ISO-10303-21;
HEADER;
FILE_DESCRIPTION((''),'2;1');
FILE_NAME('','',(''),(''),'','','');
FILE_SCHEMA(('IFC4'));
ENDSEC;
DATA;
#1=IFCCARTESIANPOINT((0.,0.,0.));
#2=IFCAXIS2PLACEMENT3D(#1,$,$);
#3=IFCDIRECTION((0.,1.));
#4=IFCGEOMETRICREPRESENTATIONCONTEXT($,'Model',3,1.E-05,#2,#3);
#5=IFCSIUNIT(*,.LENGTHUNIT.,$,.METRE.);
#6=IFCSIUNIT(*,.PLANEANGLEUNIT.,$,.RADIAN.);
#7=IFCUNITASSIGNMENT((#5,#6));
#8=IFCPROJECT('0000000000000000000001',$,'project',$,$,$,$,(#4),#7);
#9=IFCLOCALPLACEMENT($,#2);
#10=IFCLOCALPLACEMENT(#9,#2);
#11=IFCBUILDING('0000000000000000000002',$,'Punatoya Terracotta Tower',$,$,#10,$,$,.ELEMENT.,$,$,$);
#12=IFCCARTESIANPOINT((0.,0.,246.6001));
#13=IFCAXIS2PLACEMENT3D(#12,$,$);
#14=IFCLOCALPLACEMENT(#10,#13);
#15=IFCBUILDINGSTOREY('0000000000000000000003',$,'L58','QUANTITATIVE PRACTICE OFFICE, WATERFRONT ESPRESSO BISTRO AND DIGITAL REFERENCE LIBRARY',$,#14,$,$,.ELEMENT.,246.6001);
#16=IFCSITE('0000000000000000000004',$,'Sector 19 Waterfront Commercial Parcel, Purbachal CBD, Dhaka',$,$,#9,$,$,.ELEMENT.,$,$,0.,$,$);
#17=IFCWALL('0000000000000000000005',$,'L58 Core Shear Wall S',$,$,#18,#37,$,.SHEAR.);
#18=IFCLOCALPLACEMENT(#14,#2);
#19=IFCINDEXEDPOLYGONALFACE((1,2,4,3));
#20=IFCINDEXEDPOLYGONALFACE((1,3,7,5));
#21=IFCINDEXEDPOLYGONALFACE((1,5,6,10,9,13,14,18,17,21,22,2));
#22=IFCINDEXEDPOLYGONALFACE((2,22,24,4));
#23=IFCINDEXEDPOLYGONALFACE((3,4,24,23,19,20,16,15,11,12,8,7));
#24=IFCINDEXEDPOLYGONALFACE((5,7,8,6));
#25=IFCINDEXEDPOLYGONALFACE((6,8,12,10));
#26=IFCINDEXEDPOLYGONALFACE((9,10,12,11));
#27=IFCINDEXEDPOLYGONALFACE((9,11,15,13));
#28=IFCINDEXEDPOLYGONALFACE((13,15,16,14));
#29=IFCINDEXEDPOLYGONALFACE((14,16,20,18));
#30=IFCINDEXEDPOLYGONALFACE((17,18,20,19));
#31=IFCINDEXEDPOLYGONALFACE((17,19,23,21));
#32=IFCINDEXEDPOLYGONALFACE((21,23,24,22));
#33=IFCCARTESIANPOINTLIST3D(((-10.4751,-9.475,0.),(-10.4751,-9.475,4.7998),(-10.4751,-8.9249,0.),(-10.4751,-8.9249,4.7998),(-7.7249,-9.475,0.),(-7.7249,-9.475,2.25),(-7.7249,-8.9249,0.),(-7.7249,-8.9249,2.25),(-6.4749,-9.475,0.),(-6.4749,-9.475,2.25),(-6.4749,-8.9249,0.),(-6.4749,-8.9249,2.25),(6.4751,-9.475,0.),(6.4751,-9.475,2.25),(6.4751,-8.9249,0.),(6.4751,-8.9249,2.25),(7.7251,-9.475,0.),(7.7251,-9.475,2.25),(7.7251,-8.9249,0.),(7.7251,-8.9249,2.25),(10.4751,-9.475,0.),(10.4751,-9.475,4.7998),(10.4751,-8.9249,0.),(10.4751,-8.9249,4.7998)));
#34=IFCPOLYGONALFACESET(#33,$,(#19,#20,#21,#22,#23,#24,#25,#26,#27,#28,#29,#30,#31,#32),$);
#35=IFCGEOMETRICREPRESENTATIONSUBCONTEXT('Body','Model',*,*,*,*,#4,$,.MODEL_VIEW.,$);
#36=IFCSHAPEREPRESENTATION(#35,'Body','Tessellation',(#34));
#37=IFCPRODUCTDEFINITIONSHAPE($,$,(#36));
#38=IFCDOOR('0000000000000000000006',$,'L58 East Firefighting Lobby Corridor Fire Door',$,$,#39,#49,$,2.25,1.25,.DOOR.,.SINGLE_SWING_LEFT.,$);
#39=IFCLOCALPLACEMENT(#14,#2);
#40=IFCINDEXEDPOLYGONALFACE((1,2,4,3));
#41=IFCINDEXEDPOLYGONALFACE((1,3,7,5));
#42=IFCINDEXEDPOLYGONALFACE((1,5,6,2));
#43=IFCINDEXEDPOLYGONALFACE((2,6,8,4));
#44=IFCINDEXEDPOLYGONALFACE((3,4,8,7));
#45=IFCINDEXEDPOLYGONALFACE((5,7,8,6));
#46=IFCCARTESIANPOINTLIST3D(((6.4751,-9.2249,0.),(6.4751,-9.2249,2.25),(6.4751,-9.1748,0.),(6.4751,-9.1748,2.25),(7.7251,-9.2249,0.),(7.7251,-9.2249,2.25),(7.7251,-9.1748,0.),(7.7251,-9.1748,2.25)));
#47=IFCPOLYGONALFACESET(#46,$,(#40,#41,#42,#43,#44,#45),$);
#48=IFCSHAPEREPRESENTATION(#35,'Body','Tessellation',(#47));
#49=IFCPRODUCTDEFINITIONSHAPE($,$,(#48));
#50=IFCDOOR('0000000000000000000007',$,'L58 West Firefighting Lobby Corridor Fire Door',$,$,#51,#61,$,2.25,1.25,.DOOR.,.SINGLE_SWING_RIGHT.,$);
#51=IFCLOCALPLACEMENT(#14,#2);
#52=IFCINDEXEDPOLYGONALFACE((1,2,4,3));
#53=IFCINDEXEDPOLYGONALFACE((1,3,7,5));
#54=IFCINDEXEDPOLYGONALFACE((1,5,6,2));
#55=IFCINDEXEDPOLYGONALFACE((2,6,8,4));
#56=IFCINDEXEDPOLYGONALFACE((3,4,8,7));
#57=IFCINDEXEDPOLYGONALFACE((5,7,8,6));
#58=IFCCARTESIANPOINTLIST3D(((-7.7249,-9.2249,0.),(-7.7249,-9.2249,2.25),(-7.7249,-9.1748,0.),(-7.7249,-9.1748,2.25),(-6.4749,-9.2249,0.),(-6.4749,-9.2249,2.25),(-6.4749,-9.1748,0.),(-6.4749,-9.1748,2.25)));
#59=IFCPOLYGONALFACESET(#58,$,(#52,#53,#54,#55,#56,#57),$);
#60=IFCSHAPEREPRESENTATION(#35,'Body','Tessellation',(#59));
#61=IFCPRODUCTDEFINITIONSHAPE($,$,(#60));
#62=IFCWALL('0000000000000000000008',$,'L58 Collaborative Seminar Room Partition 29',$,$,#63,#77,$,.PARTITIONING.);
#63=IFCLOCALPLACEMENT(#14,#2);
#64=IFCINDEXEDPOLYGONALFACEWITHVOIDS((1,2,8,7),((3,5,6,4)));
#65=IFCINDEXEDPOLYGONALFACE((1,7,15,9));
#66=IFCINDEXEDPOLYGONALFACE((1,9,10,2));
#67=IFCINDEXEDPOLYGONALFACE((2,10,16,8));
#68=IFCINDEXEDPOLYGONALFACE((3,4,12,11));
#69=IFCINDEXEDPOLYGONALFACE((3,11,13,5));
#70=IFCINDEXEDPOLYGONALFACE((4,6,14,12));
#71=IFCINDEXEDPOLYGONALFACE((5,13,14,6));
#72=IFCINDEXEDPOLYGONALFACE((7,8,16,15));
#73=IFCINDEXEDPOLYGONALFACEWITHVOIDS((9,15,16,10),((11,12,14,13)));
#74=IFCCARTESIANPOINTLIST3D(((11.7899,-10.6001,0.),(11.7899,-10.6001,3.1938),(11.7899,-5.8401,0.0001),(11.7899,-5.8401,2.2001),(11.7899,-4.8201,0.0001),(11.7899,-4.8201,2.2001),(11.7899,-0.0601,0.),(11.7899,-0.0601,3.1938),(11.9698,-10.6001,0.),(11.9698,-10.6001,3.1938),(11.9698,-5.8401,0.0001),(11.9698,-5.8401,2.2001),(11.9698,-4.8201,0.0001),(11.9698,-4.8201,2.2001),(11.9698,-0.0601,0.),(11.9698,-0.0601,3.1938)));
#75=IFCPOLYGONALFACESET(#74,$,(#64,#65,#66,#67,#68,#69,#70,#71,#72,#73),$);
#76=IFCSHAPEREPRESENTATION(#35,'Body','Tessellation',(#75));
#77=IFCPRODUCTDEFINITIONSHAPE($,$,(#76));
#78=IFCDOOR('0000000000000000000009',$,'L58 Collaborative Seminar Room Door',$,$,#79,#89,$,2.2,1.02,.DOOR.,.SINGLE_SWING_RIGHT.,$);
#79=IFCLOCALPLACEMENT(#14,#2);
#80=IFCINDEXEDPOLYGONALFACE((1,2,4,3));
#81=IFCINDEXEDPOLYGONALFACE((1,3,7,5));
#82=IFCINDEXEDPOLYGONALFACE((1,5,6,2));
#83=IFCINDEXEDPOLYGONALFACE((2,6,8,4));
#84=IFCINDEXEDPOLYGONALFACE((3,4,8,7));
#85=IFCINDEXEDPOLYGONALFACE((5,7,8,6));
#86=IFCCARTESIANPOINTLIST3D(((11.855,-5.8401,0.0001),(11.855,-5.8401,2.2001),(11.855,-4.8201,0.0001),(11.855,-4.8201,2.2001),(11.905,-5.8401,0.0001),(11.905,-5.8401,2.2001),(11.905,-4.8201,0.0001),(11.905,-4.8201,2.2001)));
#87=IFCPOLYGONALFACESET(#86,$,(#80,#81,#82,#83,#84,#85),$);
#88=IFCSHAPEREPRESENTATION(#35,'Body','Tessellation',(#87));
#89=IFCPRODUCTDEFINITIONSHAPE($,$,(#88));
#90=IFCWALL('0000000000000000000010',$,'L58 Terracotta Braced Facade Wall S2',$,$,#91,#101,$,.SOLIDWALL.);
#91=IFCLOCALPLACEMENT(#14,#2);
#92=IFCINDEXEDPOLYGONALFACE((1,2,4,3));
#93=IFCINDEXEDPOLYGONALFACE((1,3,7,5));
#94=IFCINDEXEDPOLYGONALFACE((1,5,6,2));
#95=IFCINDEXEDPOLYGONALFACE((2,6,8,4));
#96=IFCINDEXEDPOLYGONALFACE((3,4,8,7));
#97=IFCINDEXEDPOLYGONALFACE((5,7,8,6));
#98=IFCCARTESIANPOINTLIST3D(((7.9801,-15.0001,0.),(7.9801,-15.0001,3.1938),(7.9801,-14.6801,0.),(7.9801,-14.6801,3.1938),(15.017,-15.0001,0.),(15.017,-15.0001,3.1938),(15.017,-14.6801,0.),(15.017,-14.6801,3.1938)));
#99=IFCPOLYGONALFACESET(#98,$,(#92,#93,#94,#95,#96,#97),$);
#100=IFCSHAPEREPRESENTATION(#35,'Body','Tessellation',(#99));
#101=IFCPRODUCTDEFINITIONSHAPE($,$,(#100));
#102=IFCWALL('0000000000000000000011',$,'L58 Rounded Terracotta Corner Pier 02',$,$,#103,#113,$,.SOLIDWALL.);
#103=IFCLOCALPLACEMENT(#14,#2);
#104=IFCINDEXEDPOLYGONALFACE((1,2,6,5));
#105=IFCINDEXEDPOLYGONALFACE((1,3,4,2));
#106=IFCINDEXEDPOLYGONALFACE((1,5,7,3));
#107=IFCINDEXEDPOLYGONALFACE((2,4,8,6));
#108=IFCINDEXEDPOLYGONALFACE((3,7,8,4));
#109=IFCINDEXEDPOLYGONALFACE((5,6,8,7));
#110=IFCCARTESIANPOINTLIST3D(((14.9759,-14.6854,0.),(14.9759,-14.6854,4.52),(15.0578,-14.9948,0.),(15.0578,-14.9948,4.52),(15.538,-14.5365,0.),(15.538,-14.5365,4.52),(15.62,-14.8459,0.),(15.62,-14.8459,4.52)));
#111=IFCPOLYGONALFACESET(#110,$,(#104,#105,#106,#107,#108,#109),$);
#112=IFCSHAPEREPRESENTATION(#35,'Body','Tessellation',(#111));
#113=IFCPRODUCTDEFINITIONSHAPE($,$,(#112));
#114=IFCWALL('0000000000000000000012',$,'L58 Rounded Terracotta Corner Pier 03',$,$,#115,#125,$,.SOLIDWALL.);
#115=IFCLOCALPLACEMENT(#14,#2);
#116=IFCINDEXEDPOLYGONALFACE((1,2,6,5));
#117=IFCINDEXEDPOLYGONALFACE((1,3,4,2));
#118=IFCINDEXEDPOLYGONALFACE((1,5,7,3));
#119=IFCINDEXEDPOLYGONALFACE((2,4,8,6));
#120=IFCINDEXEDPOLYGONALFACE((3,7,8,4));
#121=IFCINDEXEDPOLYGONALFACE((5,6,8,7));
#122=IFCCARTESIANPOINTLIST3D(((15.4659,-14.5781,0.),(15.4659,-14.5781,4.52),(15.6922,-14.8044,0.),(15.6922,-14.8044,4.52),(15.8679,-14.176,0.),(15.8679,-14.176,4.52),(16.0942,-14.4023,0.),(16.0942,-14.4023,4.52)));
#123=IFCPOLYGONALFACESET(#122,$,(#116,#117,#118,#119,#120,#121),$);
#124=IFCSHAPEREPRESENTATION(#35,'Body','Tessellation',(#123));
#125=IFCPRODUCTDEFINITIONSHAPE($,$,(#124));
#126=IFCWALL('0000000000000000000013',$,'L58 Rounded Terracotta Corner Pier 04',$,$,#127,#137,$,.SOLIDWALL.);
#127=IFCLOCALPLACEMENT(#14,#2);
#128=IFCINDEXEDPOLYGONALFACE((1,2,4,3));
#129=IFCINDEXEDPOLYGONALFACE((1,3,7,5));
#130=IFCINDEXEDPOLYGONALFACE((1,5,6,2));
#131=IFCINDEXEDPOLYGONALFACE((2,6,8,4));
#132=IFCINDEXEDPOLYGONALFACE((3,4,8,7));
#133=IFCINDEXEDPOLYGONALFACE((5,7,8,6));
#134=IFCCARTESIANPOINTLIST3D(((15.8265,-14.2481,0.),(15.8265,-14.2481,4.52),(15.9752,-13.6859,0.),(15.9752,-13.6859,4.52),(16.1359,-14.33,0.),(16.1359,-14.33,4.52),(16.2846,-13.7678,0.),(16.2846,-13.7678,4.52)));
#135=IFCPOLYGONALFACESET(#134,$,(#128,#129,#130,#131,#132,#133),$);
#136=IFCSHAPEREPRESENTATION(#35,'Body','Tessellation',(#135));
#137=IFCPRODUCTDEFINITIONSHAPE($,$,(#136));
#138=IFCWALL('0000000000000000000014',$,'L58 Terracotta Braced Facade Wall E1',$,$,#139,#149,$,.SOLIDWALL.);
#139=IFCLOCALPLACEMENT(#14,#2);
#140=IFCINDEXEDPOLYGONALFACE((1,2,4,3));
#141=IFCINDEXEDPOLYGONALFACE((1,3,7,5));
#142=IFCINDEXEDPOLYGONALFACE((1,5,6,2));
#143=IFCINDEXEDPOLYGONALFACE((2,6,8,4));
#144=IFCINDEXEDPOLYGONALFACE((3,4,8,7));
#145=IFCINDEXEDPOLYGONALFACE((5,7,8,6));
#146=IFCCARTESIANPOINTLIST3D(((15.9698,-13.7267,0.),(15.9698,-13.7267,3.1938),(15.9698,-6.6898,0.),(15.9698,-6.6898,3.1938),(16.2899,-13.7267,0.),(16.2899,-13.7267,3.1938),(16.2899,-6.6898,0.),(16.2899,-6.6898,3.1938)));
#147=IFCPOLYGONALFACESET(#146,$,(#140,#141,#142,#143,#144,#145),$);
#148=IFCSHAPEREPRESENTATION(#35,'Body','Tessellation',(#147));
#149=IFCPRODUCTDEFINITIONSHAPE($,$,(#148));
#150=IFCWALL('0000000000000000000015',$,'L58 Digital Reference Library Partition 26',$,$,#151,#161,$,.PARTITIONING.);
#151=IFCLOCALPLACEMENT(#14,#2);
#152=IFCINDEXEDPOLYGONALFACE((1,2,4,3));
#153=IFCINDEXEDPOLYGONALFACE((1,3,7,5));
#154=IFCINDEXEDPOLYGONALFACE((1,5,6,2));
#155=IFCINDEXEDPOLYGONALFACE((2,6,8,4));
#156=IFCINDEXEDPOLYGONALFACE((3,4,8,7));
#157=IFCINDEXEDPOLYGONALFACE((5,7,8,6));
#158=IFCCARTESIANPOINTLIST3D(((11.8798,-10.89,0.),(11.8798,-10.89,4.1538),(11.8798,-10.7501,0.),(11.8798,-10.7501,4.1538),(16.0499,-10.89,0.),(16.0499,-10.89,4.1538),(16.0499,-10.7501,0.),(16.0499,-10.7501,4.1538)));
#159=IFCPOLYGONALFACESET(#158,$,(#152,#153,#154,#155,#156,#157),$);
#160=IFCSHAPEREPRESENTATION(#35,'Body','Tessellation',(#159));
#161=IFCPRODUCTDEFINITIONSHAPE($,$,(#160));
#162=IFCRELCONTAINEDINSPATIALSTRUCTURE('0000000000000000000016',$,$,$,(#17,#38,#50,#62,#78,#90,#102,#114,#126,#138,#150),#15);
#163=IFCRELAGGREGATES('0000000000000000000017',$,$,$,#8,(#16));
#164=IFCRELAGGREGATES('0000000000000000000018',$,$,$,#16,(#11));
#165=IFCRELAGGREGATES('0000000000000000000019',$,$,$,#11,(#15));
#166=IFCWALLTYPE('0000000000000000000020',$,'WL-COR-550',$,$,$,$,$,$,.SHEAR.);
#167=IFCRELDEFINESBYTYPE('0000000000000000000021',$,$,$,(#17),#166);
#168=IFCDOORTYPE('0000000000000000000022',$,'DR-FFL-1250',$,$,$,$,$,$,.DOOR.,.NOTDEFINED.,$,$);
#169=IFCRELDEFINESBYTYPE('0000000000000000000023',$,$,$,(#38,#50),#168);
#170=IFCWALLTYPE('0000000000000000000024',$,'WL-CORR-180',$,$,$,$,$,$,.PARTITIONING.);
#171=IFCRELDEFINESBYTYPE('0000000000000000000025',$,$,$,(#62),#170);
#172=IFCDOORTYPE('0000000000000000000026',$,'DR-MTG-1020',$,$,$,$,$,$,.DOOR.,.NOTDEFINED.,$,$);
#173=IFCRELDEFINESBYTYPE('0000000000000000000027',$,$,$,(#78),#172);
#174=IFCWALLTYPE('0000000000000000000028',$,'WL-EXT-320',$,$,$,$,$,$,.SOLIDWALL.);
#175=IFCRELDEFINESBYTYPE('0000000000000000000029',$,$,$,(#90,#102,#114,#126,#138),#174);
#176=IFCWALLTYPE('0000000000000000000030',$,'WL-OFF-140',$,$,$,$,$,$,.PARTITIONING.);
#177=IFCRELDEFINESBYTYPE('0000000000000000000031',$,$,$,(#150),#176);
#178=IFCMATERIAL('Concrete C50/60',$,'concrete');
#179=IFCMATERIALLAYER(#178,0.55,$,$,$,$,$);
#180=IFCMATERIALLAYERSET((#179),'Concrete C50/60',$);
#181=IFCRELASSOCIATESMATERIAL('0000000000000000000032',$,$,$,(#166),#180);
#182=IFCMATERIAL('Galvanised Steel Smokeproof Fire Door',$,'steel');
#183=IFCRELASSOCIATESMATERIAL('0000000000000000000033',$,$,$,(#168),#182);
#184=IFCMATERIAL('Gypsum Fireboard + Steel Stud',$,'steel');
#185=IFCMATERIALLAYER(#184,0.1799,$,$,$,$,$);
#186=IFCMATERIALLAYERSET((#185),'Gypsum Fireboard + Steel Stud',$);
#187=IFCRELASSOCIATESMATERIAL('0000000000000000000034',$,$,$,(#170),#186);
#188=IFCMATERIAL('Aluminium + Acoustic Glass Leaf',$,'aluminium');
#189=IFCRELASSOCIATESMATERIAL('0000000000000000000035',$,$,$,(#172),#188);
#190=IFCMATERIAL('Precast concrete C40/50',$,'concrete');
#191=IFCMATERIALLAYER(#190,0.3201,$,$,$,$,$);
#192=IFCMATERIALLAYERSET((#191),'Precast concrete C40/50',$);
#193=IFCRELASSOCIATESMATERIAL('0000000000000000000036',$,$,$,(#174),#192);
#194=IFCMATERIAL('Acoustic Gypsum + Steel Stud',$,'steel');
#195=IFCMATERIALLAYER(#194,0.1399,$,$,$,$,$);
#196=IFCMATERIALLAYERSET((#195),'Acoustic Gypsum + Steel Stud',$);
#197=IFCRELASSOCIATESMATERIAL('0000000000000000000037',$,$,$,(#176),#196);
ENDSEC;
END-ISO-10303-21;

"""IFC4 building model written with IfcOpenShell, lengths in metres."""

from ifc_helpers import new_model, si_unit, direction, frame, frame_2d, origin, place, context, subcontext, project, spatial, rectangle, extrude, material, layer, layer_set, type_object, element, fill, save


model = new_model("IFC4")

# Units and contexts
model_context = context("Model", 3, precision=1e-05, world=origin(), true_north=direction((0.0, 1.0)))
body_context = subcontext(model_context, "Body", "Model", "MODEL_VIEW")
ifc_project = project(units=[si_unit("LENGTHUNIT", "METRE"), si_unit("PLANEANGLEUNIT", "RADIAN")], contexts=[model_context])

# Site, building, storey
site_placement = place(None, origin())
site = spatial("IfcSite", under=ifc_project, at=site_placement, Name="Sector 19 Waterfront Commercial Parcel, Purbachal CBD, Dhaka", CompositionType="ELEMENT", RefElevation=0.0)
building_placement = place(site_placement, origin())
building = spatial("IfcBuilding", under=site, at=building_placement, Name="Punatoya Terracotta Tower", CompositionType="ELEMENT")
storey_placement = place(building_placement, frame((0.0, 0.0, 246.6001)))
storey = spatial("IfcBuildingStorey", under=building, at=storey_placement, Name="L58", Description="QUANTITATIVE PRACTICE OFFICE, WATERFRONT ESPRESSO BISTRO AND DIGITAL REFERENCE LIBRARY", CompositionType="ELEMENT", Elevation=246.6001)

# Wall, openings, doors
ifc_material_1 = material(Name="Concrete C50/60", Category="concrete")
ifc_layer_1 = layer(ifc_material_1, 0.55)
ifc_layer_set_1 = layer_set([ifc_layer_1], Name="Concrete C50/60")
wall_type_1 = type_object("IfcWallType", Name="WL-COR-550", PredefinedType="SHEAR", material=ifc_layer_set_1)
wall_1_placement = place(storey_placement, frame((10.4751, -9.2, 0.0), z_axis=(0.0, 0.0, 1.0), x_axis=(-1.0, 0.0, 0.0)))
wall_1 = element("IfcWall", 1, at=wall_1_placement, inside=storey, type_object=wall_type_1, Name="L58 Core Shear Wall S", PredefinedType="SHEAR", context=body_context, shape_type="SweptSolid", body=[
    extrude(rectangle(XDim=20.9502, YDim=0.55, at=frame_2d((10.4751, 0.0))), origin(), (0.0, 0.0, 1.0), 4.7998),
])
opening_1_placement = place(wall_1_placement, frame((2.75, 0.0, 0.0)))
opening_1 = element("IfcOpeningElement", 2, at=opening_1_placement, cuts=wall_1, PredefinedType="OPENING", context=body_context, shape_type="SweptSolid", body=[
    extrude(rectangle(XDim=1.25, YDim=2.25, at=frame_2d((0.625, 1.125))), frame((0.0, 0.2849, 0.0), z_axis=(0.0, -1.0, 0.0), x_axis=(1.0, 0.0, 0.0)), (0.0, 0.0, 1.0), 0.5701),
])
opening_2_placement = place(wall_1_placement, frame((16.95, 0.0, 0.0)))
opening_2 = element("IfcOpeningElement", 3, at=opening_2_placement, cuts=wall_1, PredefinedType="OPENING", context=body_context, shape_type="SweptSolid", body=[
    extrude(rectangle(XDim=1.25, YDim=2.25, at=frame_2d((0.625, 1.125))), frame((0.0, 0.2849, 0.0), z_axis=(0.0, -1.0, 0.0), x_axis=(1.0, 0.0, 0.0)), (0.0, 0.0, 1.0), 0.5701),
])
ifc_material_2 = material(Name="Galvanised Steel Smokeproof Fire Door", Category="steel")
door_type_1 = type_object("IfcDoorType", Name="DR-FFL-1250", OperationType="NOTDEFINED", PredefinedType="DOOR", material=ifc_material_2)
door_1_placement = place(opening_1_placement, origin())
door_1 = element("IfcDoor", 4, at=door_1_placement, inside=storey, type_object=door_type_1, Name="L58 East Firefighting Lobby Corridor Fire Door", OperationType="SINGLE_SWING_LEFT", OverallHeight=2.25, OverallWidth=1.25, PredefinedType="DOOR", context=body_context, shape_type="SweptSolid", body=[
    extrude(rectangle(XDim=1.25, YDim=2.25, at=frame_2d((0.625, 1.125))), frame((0.0, 0.0249, 0.0), z_axis=(0.0, -1.0, 0.0), x_axis=(1.0, 0.0, 0.0)), (0.0, 0.0, 1.0), 0.05),
])
fill(opening_1, door_1)
door_2_placement = place(opening_2_placement, origin())
door_2 = element("IfcDoor", 5, at=door_2_placement, inside=storey, type_object=door_type_1, Name="L58 West Firefighting Lobby Corridor Fire Door", OperationType="SINGLE_SWING_RIGHT", OverallHeight=2.25, OverallWidth=1.25, PredefinedType="DOOR", context=body_context, shape_type="SweptSolid", body=[
    extrude(rectangle(XDim=1.25, YDim=2.25, at=frame_2d((0.625, 1.125))), frame((0.0, 0.0249, 0.0), z_axis=(0.0, -1.0, 0.0), x_axis=(1.0, 0.0, 0.0)), (0.0, 0.0, 1.0), 0.05),
])
fill(opening_2, door_2)

# Wall, opening, door
ifc_material_3 = material(Name="Gypsum Fireboard + Steel Stud", Category="steel")
ifc_layer_2 = layer(ifc_material_3, 0.1799)
ifc_layer_set_2 = layer_set([ifc_layer_2], Name="Gypsum Fireboard + Steel Stud")
wall_type_2 = type_object("IfcWallType", Name="WL-CORR-180", PredefinedType="PARTITIONING", material=ifc_layer_set_2)
wall_2_placement = place(storey_placement, frame((11.8799, -10.6001, 0.0), z_axis=(0.0, 0.0, 1.0), x_axis=(0.0, 1.0, 0.0)))
wall_2 = element("IfcWall", 6, at=wall_2_placement, inside=storey, type_object=wall_type_2, Name="L58 Collaborative Seminar Room Partition 29", PredefinedType="PARTITIONING", context=body_context, shape_type="SweptSolid", body=[
    extrude(rectangle(XDim=10.54, YDim=0.1799, at=frame_2d((5.27, 0.0))), origin(), (0.0, 0.0, 1.0), 3.1938),
])
opening_3_placement = place(wall_2_placement, frame((4.76, 0.0, 0.0)))
opening_3 = element("IfcOpeningElement", 7, at=opening_3_placement, cuts=wall_2, PredefinedType="OPENING", context=body_context, shape_type="SweptSolid", body=[
    extrude(rectangle(XDim=1.02, YDim=2.2, at=frame_2d((0.51, 1.1001))), frame((0.0, 0.0999, 0.0), z_axis=(0.0, -1.0, 0.0), x_axis=(1.0, 0.0, 0.0)), (0.0, 0.0, 1.0), 0.2),
])
ifc_material_4 = material(Name="Aluminium + Acoustic Glass Leaf", Category="aluminium")
door_type_2 = type_object("IfcDoorType", Name="DR-MTG-1020", OperationType="NOTDEFINED", PredefinedType="DOOR", material=ifc_material_4)
door_3_placement = place(opening_3_placement, origin())
door_3 = element("IfcDoor", 8, at=door_3_placement, inside=storey, type_object=door_type_2, Name="L58 Collaborative Seminar Room Door", OperationType="SINGLE_SWING_RIGHT", OverallHeight=2.2, OverallWidth=1.02, PredefinedType="DOOR", context=body_context, shape_type="SweptSolid", body=[
    extrude(rectangle(XDim=1.02, YDim=2.2, at=frame_2d((0.51, 1.1001))), frame((0.0, 0.0249, 0.0), z_axis=(0.0, -1.0, 0.0), x_axis=(1.0, 0.0, 0.0)), (0.0, 0.0, 1.0), 0.05),
])
fill(opening_3, door_3)

# Walls
ifc_material_5 = material(Name="Precast concrete C40/50", Category="concrete")
ifc_layer_3 = layer(ifc_material_5, 0.3201)
ifc_layer_set_3 = layer_set([ifc_layer_3], Name="Precast concrete C40/50")
wall_type_3 = type_object("IfcWallType", Name="WL-EXT-320", PredefinedType="SOLIDWALL", material=ifc_layer_set_3)
wall_3_placement = place(storey_placement, frame((7.98, -14.8401, 0.0), z_axis=(0.0, 0.0, 1.0), x_axis=(1.0, 0.0, 0.0)))
element("IfcWall", 9, at=wall_3_placement, inside=storey, type_object=wall_type_3, Name="L58 Terracotta Braced Facade Wall S2", PredefinedType="SOLIDWALL", context=body_context, shape_type="SweptSolid", body=[
    extrude(rectangle(XDim=7.0369, YDim=0.3201, at=frame_2d((3.5186, 0.0))), origin(), (0.0, 0.0, 1.0), 3.1938),
])
wall_4_placement = place(storey_placement, frame((15.0168, -14.8401, 0.0), z_axis=(0.0, 0.0, 1.0), x_axis=(0.966666, 0.256043, 0.0)))
element("IfcWall", 10, at=wall_4_placement, inside=storey, type_object=wall_type_3, Name="L58 Rounded Terracotta Corner Pier 02", PredefinedType="SOLIDWALL", context=body_context, shape_type="SweptSolid", body=[
    extrude(rectangle(XDim=0.5815, YDim=0.3201, at=frame_2d((0.2908, 0.0))), origin(), (0.0, 0.0, 1.0), 4.52),
])
wall_5_placement = place(storey_placement, frame((15.5791, -14.6912, 0.0), z_axis=(0.0, 0.0, 1.0), x_axis=(0.707107, 0.707107, 0.0)))
element("IfcWall", 11, at=wall_5_placement, inside=storey, type_object=wall_type_3, Name="L58 Rounded Terracotta Corner Pier 03", PredefinedType="SOLIDWALL", context=body_context, shape_type="SweptSolid", body=[
    extrude(rectangle(XDim=0.5686, YDim=0.3201, at=frame_2d((0.2842, 0.0))), origin(), (0.0, 0.0, 1.0), 4.52),
])
wall_6_placement = place(storey_placement, frame((15.9812, -14.2891, 0.0), z_axis=(0.0, 0.0, 1.0), x_axis=(0.25565, 0.966769, 0.0)))
element("IfcWall", 12, at=wall_6_placement, inside=storey, type_object=wall_type_3, Name="L58 Rounded Terracotta Corner Pier 04", PredefinedType="SOLIDWALL", context=body_context, shape_type="SweptSolid", body=[
    extrude(rectangle(XDim=0.5815, YDim=0.3201, at=frame_2d((0.2908, 0.0))), origin(), (0.0, 0.0, 1.0), 4.52),
])
wall_7_placement = place(storey_placement, frame((16.1299, -13.7268, 0.0), z_axis=(0.0, 0.0, 1.0), x_axis=(0.0, 1.0, 0.0)))
element("IfcWall", 13, at=wall_7_placement, inside=storey, type_object=wall_type_3, Name="L58 Terracotta Braced Facade Wall E1", PredefinedType="SOLIDWALL", context=body_context, shape_type="SweptSolid", body=[
    extrude(rectangle(XDim=7.0369, YDim=0.3201, at=frame_2d((3.5186, 0.0))), origin(), (0.0, 0.0, 1.0), 3.1938),
])
ifc_material_6 = material(Name="Acoustic Gypsum + Steel Stud", Category="steel")
ifc_layer_4 = layer(ifc_material_6, 0.1399)
ifc_layer_set_4 = layer_set([ifc_layer_4], Name="Acoustic Gypsum + Steel Stud")
wall_type_4 = type_object("IfcWallType", Name="WL-OFF-140", PredefinedType="PARTITIONING", material=ifc_layer_set_4)
wall_8_placement = place(storey_placement, frame((11.8799, -10.8201, 0.0), z_axis=(0.0, 0.0, 1.0), x_axis=(1.0, 0.0, 0.0)))
element("IfcWall", 14, at=wall_8_placement, inside=storey, type_object=wall_type_4, Name="L58 Digital Reference Library Partition 26", PredefinedType="PARTITIONING", context=body_context, shape_type="SweptSolid", body=[
    extrude(rectangle(XDim=4.1702, YDim=0.1399, at=frame_2d((2.085, 0.0))), origin(), (0.0, 0.0, 1.0), 4.1538),
])

save(model, "model.ifc")
